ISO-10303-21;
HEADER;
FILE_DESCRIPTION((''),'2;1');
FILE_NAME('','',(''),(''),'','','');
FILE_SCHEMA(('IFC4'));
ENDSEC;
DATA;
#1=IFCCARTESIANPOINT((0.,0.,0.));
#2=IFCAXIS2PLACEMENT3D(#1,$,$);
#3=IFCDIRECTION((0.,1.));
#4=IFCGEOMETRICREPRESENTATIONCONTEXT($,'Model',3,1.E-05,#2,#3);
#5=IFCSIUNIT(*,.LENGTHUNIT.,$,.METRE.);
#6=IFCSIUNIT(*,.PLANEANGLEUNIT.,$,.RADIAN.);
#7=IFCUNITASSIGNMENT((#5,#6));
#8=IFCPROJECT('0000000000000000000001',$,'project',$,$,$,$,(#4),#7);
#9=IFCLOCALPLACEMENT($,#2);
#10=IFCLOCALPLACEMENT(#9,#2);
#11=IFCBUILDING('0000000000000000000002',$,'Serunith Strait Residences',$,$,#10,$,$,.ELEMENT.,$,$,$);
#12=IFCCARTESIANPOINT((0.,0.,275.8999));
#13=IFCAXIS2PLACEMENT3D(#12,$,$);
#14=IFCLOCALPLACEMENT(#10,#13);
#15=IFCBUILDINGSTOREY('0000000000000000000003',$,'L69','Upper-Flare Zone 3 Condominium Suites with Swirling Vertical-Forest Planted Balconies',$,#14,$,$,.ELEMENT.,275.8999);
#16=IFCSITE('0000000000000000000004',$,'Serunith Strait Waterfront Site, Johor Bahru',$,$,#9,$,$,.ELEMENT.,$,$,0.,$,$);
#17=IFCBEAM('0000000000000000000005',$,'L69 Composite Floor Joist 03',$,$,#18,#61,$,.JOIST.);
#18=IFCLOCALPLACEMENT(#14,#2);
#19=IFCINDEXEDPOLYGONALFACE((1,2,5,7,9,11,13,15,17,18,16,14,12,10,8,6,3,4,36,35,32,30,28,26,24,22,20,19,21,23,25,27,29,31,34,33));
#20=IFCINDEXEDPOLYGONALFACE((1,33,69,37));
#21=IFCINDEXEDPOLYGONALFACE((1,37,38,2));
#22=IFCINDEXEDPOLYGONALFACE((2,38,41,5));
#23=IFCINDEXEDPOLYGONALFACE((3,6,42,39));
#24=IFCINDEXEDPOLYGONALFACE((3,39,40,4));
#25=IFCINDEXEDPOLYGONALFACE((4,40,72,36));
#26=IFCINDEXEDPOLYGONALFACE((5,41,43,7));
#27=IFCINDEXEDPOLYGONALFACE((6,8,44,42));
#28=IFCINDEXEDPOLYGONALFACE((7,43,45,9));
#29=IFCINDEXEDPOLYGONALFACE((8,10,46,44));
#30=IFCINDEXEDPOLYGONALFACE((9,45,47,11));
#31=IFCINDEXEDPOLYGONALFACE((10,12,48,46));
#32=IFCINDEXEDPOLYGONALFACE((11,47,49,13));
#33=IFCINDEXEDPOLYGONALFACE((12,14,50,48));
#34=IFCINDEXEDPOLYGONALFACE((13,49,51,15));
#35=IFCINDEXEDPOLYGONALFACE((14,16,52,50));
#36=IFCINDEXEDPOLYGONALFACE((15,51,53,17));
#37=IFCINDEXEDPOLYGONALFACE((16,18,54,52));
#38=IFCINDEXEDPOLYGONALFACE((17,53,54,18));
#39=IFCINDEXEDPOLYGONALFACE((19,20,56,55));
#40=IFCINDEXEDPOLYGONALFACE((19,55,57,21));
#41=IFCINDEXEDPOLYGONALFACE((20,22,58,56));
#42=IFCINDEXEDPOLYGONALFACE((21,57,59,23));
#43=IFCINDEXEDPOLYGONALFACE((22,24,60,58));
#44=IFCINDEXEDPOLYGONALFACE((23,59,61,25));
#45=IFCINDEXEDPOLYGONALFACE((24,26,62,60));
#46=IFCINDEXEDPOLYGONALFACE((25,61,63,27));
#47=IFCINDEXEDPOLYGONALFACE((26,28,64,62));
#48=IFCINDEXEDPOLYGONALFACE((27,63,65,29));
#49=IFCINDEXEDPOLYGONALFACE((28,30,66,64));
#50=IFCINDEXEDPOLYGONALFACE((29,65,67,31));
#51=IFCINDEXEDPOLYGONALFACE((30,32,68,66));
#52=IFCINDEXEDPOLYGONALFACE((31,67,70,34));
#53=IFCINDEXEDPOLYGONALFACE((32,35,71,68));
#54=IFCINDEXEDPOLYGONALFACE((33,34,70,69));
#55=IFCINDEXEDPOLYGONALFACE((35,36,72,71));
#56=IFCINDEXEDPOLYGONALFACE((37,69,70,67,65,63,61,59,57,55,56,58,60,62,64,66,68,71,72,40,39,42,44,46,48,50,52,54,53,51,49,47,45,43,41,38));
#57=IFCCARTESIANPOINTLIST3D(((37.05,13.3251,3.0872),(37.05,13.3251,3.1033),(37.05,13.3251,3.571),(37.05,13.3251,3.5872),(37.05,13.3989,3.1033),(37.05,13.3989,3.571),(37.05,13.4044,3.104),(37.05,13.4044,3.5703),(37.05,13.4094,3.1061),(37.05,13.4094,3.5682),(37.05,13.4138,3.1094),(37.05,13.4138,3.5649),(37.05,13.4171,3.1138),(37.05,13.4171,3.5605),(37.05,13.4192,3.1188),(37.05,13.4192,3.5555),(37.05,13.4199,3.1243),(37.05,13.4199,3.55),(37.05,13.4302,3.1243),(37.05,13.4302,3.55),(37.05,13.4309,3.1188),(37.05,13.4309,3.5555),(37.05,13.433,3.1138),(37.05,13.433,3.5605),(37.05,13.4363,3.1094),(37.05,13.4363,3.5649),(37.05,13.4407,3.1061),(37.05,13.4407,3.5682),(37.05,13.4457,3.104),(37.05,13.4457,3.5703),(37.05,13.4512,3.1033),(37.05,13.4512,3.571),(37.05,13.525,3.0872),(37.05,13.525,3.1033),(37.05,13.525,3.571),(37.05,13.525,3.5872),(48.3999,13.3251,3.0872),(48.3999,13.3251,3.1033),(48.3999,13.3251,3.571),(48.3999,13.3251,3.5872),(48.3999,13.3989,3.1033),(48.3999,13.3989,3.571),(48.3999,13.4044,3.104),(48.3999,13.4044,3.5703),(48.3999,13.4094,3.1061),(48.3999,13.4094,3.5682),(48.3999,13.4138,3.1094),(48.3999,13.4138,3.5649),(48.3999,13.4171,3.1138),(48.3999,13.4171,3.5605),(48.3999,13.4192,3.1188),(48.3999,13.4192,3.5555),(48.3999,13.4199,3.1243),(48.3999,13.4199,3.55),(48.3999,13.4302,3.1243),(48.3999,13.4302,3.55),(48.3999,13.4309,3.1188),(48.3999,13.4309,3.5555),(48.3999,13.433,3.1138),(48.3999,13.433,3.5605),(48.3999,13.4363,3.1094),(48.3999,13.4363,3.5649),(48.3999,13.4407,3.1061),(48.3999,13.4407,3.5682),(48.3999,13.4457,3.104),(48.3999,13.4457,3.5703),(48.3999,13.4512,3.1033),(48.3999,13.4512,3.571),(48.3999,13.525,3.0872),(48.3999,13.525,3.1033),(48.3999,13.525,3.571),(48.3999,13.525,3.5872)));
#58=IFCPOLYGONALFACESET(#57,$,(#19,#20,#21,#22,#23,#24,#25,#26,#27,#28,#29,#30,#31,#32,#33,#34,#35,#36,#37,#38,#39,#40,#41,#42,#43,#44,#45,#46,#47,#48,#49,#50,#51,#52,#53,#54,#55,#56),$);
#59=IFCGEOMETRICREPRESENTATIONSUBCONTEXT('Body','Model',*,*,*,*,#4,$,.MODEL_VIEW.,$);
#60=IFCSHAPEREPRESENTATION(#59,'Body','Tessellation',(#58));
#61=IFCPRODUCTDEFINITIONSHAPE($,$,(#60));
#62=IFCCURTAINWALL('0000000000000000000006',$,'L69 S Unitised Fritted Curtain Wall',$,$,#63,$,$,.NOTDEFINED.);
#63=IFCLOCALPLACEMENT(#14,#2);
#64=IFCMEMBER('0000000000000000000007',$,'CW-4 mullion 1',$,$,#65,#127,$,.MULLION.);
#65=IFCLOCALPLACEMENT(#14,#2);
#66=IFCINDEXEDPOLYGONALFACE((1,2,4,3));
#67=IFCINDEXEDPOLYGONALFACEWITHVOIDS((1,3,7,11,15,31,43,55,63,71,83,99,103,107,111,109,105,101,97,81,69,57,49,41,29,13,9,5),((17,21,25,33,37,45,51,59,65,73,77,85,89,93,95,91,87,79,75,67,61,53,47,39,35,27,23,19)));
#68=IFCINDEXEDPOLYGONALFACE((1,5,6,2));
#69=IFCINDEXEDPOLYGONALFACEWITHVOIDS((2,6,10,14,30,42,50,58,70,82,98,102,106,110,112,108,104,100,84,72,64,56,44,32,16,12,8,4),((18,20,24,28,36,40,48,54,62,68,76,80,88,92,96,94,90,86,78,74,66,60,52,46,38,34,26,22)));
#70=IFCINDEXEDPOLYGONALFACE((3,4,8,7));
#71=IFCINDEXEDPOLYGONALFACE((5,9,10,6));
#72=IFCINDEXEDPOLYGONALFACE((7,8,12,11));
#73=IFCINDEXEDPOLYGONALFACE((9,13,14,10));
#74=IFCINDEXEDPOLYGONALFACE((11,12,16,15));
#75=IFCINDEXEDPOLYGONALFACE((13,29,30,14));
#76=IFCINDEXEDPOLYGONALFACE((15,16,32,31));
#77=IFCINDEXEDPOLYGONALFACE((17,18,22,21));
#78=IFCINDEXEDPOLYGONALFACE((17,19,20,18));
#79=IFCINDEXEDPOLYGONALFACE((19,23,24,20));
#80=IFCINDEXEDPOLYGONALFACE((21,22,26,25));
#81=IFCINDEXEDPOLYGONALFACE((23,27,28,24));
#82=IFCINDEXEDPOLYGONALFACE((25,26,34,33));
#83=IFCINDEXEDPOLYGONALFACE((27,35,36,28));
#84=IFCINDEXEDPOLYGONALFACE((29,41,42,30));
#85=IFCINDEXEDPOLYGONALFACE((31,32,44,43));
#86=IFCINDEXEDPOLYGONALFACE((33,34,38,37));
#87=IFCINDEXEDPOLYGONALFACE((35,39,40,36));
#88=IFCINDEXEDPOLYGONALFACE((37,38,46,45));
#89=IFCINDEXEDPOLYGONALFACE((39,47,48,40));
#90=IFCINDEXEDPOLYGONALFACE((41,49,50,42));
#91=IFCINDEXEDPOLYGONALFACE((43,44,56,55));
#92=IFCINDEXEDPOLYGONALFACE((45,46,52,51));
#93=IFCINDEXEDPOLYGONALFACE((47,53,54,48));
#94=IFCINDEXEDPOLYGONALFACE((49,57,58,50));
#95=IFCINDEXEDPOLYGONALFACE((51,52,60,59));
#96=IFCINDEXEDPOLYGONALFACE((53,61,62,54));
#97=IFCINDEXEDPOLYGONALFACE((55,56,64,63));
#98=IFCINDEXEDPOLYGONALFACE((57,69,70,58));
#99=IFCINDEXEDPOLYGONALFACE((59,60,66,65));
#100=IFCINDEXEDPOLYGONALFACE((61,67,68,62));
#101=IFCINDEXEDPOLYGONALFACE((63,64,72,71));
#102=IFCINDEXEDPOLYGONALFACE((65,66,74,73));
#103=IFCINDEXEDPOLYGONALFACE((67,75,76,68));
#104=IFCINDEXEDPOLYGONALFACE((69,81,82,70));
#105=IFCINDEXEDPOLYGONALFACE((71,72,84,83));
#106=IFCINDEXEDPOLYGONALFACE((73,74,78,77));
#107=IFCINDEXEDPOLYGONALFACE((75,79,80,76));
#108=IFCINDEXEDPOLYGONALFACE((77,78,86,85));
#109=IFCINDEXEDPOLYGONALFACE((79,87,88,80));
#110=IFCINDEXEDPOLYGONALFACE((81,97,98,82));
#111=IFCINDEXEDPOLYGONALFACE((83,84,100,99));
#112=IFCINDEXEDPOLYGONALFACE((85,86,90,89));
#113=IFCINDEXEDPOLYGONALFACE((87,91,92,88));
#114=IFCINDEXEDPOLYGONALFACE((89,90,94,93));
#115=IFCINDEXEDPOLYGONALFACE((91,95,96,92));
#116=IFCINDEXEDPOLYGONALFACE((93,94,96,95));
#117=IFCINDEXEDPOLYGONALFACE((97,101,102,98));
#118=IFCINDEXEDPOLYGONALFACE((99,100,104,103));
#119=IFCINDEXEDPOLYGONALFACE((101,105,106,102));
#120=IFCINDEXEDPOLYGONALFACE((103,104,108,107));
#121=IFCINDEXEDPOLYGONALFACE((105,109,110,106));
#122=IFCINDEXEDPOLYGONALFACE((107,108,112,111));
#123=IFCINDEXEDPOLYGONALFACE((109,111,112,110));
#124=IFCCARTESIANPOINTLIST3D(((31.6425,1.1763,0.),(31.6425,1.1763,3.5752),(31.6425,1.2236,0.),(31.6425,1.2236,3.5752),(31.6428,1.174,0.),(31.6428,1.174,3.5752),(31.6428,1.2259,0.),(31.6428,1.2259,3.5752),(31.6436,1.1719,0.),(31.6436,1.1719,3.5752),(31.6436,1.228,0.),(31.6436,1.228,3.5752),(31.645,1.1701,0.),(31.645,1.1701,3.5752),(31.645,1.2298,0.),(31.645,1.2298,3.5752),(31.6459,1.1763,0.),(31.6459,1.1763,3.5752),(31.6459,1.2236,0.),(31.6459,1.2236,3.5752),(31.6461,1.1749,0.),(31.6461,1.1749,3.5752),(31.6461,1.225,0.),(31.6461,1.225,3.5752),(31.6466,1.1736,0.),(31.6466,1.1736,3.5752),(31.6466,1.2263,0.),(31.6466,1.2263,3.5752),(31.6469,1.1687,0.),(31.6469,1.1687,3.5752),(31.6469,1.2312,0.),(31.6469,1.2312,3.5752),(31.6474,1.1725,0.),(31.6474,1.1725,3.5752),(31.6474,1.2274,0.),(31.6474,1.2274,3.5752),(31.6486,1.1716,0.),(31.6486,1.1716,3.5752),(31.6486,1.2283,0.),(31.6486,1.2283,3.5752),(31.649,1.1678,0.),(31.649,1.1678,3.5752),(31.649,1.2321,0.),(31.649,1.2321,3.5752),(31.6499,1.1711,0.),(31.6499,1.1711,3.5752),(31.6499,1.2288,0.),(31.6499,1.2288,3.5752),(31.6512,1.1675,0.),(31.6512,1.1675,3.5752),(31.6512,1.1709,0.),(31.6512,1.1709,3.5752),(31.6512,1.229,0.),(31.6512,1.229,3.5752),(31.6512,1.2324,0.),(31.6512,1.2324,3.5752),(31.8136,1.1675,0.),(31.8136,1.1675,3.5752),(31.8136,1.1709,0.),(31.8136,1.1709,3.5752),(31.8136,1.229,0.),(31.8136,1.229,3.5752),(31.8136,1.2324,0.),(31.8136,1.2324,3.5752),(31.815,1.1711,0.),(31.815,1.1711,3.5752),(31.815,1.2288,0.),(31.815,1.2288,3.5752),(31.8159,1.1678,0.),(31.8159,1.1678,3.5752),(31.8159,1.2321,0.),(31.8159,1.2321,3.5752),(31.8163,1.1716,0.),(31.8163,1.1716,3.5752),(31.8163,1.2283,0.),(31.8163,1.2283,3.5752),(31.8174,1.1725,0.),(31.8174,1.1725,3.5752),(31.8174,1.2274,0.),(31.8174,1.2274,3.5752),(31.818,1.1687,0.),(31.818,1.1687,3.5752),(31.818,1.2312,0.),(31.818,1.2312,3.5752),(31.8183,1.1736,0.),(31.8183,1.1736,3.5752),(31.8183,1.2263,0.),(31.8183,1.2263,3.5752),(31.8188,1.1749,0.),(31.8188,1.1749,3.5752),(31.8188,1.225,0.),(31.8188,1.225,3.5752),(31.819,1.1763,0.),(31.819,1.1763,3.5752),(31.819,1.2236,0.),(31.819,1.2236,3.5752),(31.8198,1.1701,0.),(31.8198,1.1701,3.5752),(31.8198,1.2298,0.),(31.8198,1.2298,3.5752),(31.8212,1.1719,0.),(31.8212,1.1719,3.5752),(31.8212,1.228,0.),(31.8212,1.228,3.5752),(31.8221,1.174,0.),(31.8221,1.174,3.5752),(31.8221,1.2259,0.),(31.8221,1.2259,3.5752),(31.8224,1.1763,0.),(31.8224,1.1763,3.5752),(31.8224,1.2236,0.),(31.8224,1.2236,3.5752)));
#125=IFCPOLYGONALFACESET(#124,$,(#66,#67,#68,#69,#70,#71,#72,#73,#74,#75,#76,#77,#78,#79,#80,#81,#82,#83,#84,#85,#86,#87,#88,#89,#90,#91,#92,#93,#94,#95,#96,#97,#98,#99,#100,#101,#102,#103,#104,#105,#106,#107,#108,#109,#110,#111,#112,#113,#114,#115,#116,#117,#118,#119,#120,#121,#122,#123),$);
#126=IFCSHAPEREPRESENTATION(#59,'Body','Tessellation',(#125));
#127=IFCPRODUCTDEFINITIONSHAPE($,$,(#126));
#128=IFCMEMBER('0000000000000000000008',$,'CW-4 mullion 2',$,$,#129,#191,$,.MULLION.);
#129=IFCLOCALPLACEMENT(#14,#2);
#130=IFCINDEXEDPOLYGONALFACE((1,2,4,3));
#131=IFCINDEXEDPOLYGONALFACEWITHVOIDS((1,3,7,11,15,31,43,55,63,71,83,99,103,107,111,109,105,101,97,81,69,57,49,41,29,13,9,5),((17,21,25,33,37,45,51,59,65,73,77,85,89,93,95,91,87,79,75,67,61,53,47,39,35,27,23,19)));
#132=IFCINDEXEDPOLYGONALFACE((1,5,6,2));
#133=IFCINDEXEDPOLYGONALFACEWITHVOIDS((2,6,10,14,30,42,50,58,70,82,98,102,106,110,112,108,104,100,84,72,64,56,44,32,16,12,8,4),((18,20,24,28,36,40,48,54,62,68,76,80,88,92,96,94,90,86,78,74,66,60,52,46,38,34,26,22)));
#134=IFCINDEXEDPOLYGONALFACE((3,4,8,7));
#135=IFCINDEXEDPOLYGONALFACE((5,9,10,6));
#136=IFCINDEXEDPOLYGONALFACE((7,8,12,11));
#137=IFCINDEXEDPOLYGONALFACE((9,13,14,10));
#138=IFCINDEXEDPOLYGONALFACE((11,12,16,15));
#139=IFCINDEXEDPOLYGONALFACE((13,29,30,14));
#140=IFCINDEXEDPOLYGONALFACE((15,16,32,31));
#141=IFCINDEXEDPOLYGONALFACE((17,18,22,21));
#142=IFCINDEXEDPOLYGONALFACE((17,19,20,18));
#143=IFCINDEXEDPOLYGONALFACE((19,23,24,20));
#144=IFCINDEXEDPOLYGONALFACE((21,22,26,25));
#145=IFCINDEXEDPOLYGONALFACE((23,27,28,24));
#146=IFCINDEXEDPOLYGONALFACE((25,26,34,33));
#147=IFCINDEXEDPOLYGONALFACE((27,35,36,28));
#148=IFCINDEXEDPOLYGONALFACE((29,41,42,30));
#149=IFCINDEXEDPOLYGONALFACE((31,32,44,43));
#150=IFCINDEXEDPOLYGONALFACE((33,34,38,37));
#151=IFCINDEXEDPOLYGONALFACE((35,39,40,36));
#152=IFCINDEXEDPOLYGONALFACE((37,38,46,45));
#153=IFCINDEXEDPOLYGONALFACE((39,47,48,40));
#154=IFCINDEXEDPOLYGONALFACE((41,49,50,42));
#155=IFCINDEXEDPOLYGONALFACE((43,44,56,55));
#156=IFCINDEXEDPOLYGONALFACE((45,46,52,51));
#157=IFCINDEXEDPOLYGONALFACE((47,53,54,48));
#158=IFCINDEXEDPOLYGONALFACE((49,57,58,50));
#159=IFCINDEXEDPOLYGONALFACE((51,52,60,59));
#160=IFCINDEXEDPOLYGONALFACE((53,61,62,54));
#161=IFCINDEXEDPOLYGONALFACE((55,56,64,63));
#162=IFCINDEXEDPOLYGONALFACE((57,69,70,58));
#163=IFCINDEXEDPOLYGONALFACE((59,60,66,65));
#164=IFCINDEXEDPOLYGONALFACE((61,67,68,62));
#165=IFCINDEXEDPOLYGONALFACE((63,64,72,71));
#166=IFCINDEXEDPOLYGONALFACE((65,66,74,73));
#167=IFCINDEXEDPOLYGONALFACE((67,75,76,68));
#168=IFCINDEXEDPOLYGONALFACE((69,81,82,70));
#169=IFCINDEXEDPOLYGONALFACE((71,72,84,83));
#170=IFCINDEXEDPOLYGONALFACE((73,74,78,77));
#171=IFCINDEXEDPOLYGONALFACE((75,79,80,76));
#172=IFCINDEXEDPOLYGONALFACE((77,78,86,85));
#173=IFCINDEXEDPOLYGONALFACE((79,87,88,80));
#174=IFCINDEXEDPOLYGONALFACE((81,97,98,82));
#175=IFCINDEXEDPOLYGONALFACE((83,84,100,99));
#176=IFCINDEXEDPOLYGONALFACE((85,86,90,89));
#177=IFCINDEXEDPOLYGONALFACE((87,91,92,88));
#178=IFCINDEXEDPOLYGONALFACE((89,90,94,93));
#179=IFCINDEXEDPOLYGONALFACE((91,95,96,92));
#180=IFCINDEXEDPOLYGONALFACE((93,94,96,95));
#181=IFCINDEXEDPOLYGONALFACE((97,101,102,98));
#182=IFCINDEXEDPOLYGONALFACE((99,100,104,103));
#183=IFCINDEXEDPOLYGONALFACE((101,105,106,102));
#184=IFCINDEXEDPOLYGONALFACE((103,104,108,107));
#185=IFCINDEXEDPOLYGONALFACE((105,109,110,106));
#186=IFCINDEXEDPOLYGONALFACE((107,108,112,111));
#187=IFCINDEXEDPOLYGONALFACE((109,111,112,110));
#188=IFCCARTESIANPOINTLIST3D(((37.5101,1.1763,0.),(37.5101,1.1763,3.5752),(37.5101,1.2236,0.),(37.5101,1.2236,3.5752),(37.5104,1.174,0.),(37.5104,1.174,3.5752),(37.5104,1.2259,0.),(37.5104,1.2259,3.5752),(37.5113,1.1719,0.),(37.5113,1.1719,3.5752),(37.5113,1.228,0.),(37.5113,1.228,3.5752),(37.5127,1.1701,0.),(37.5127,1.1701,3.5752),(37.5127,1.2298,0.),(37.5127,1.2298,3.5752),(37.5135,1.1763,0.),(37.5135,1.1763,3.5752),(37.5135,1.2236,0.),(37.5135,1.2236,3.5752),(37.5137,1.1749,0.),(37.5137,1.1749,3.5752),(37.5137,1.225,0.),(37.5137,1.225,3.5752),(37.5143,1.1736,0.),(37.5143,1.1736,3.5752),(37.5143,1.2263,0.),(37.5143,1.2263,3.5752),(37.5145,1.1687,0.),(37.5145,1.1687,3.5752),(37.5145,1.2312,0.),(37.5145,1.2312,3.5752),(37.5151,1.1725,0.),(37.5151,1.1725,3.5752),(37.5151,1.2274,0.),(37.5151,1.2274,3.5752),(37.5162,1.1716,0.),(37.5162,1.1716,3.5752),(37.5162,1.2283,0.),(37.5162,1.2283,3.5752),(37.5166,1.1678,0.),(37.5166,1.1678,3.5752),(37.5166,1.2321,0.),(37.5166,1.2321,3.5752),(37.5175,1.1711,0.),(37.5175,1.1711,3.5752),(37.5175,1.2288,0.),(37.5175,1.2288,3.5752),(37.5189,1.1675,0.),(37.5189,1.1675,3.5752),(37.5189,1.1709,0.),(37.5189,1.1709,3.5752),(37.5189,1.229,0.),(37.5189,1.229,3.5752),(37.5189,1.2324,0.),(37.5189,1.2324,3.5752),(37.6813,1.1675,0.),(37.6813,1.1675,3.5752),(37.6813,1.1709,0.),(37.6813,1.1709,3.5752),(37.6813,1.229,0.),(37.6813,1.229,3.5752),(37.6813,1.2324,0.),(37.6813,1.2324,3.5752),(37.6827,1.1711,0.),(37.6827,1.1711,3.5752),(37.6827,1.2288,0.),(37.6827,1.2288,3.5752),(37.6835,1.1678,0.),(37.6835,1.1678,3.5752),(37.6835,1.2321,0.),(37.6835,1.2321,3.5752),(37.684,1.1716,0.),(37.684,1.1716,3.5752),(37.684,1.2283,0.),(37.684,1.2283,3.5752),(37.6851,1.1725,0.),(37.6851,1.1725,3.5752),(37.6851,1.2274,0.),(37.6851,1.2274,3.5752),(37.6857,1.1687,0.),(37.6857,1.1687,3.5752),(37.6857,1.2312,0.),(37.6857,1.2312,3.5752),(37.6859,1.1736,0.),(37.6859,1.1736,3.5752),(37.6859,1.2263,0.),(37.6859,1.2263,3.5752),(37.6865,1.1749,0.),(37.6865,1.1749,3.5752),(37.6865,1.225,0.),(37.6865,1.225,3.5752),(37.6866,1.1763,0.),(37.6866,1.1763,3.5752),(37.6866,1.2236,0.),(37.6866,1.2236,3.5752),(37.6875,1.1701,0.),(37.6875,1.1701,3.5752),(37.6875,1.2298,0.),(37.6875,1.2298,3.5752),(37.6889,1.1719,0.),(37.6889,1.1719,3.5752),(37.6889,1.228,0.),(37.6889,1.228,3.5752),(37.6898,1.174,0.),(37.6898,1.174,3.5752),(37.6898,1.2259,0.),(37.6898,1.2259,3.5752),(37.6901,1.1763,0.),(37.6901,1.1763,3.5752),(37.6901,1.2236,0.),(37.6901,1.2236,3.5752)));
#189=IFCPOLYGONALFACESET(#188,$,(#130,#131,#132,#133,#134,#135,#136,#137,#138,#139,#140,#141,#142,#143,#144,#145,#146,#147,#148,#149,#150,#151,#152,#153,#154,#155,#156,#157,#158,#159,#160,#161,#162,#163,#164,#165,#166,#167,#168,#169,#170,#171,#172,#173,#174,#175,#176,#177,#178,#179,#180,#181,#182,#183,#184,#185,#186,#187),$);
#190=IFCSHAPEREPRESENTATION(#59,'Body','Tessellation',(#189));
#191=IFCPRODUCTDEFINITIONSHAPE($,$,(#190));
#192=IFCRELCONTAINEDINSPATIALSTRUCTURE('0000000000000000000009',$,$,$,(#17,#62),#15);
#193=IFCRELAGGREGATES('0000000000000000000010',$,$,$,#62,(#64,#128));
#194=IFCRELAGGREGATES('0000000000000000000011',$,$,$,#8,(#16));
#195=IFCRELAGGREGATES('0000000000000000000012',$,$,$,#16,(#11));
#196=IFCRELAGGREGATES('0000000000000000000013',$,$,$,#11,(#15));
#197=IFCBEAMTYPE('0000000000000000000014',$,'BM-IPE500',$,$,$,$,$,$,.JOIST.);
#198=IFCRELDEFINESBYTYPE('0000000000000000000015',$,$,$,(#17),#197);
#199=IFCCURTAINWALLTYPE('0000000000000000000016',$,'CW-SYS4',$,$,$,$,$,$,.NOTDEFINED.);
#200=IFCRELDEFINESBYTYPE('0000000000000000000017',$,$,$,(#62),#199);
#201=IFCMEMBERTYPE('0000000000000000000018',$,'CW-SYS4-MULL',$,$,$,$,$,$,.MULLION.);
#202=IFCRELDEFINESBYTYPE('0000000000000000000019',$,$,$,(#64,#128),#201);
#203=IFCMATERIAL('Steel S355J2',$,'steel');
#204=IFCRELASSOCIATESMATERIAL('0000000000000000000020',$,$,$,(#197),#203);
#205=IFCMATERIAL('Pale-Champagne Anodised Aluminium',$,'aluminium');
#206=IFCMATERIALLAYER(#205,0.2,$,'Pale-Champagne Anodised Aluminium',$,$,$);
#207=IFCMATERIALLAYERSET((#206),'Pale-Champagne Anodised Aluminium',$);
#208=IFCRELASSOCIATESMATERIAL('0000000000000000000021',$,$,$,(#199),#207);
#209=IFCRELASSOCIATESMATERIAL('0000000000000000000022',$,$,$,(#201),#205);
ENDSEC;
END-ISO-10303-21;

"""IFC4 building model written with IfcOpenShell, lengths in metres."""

from ifc_helpers import new_model, si_unit, direction, frame, origin, origin_2d, place, context, subcontext, project, spatial, hollow_rectangle, i_section, extrude, source, transform, mapped, material, layer, layer_set, material_profile, profile_set, type_object, element, aggregate, save


model = new_model("IFC4")

# Units and contexts
model_context = context("Model", 3, precision=1e-05, world=origin(), true_north=direction((0.0, 1.0)))
body_context = subcontext(model_context, "Body", "Model", "MODEL_VIEW")
ifc_project = project(units=[si_unit("LENGTHUNIT", "METRE"), si_unit("PLANEANGLEUNIT", "RADIAN")], contexts=[model_context])

# Site, building, storey
site_placement = place(None, origin())
site = spatial("IfcSite", under=ifc_project, at=site_placement, Name="Serunith Strait Waterfront Site, Johor Bahru", CompositionType="ELEMENT", RefElevation=0.0)
building_placement = place(site_placement, origin())
building = spatial("IfcBuilding", under=site, at=building_placement, Name="Serunith Strait Residences", CompositionType="ELEMENT")
storey_placement = place(building_placement, frame((0.0, 0.0, 275.8999)))
storey = spatial("IfcBuildingStorey", under=building, at=storey_placement, Name="L69", Description="Upper-Flare Zone 3 Condominium Suites with Swirling Vertical-Forest Planted Balconies", CompositionType="ELEMENT", Elevation=275.8999)

# Beam
ifc_material_1 = material(Name="Steel S355J2", Category="steel")
ifc_material_profile_1 = material_profile(ifc_material_1, i_section(OverallWidth=0.2, OverallDepth=0.5, WebThickness=0.0103, FlangeThickness=0.0161, FilletRadius=0.021, at=origin_2d()), Name="IPE 500")
ifc_profile_set_1 = profile_set([ifc_material_profile_1], Name="Steel S355J2")
beam_type_1 = type_object("IfcBeamType", Name="BM-IPE500", PredefinedType="JOIST", material=ifc_profile_set_1)
shared_shape_1 = source(origin(), body_context, "Body", "SweptSolid", [
    extrude(i_section(OverallWidth=0.2, OverallDepth=0.5, WebThickness=0.0103, FlangeThickness=0.0161, FilletRadius=0.021, at=origin_2d()), origin(), (0.0, 0.0, 1.0), 11.3499),
])
beam_1_placement = place(storey_placement, frame((37.05, 13.425, 3.3372), z_axis=(1.0, 0.0, 0.0), x_axis=(0.0, 1.0, 0.0)))
element("IfcBeam", 1, at=beam_1_placement, inside=storey, type_object=beam_type_1, Name="L69 Composite Floor Joist 03", PredefinedType="JOIST", context=body_context, shape_type="MappedRepresentation", body=[
    mapped(shared_shape_1, transform((0.0, 0.0, 0.0), scale=1.0)),
])

# Curtain wall, members
ifc_material_2 = material(Name="Pale-Champagne Anodised Aluminium", Category="aluminium")
ifc_layer_1 = layer(ifc_material_2, 0.2, Name="Pale-Champagne Anodised Aluminium")
ifc_layer_set_1 = layer_set([ifc_layer_1], Name="Pale-Champagne Anodised Aluminium")
curtain_wall_type = type_object("IfcCurtainWallType", Name="CW-SYS4", PredefinedType="NOTDEFINED", material=ifc_layer_set_1)
curtain_wall_placement = place(storey_placement, origin())
curtain_wall = element("IfcCurtainWall", 2, at=curtain_wall_placement, inside=storey, type_object=curtain_wall_type, Name="L69 S Unitised Fritted Curtain Wall", PredefinedType="NOTDEFINED")
ifc_material_profile_2 = material_profile(ifc_material_2, hollow_rectangle(XDim=0.0649, YDim=0.1799, WallThickness=0.0034, InnerFilletRadius=0.0054, OuterFilletRadius=0.0088, at=origin_2d()), Name="ALU 180x65x3.5")
ifc_profile_set_2 = profile_set([ifc_material_profile_2], Name="Pale-Champagne Anodised Aluminium")
member_type_1 = type_object("IfcMemberType", Name="CW-SYS4-MULL", PredefinedType="MULLION", material=ifc_profile_set_2)
shared_shape_2 = source(origin(), body_context, "Body", "SweptSolid", [
    extrude(hollow_rectangle(XDim=0.0649, YDim=0.1799, WallThickness=0.0034, InnerFilletRadius=0.0054, OuterFilletRadius=0.0088, at=origin_2d()), origin(), (0.0, 0.0, 1.0), 3.5752),
])
member_1_placement = place(storey_placement, frame((31.7324, 1.2, 0.0), z_axis=(0.0, 0.0, 1.0), x_axis=(0.0, 1.0, 0.0)))
member_1 = element("IfcMember", 3, at=member_1_placement, type_object=member_type_1, Name="CW-4 mullion 1", PredefinedType="MULLION", context=body_context, shape_type="MappedRepresentation", body=[
    mapped(shared_shape_2, transform((0.0, 0.0, 0.0), scale=1.0)),
])
member_2_placement = place(storey_placement, frame((37.6001, 1.2, 0.0), z_axis=(0.0, 0.0, 1.0), x_axis=(0.0, 1.0, 0.0)))
member_2 = element("IfcMember", 4, at=member_2_placement, type_object=member_type_1, Name="CW-4 mullion 2", PredefinedType="MULLION", context=body_context, shape_type="MappedRepresentation", body=[
    mapped(shared_shape_2, transform((0.0, 0.0, 0.0), scale=1.0)),
])
aggregate(curtain_wall, [member_1, member_2])

save(model, "model.ifc")
